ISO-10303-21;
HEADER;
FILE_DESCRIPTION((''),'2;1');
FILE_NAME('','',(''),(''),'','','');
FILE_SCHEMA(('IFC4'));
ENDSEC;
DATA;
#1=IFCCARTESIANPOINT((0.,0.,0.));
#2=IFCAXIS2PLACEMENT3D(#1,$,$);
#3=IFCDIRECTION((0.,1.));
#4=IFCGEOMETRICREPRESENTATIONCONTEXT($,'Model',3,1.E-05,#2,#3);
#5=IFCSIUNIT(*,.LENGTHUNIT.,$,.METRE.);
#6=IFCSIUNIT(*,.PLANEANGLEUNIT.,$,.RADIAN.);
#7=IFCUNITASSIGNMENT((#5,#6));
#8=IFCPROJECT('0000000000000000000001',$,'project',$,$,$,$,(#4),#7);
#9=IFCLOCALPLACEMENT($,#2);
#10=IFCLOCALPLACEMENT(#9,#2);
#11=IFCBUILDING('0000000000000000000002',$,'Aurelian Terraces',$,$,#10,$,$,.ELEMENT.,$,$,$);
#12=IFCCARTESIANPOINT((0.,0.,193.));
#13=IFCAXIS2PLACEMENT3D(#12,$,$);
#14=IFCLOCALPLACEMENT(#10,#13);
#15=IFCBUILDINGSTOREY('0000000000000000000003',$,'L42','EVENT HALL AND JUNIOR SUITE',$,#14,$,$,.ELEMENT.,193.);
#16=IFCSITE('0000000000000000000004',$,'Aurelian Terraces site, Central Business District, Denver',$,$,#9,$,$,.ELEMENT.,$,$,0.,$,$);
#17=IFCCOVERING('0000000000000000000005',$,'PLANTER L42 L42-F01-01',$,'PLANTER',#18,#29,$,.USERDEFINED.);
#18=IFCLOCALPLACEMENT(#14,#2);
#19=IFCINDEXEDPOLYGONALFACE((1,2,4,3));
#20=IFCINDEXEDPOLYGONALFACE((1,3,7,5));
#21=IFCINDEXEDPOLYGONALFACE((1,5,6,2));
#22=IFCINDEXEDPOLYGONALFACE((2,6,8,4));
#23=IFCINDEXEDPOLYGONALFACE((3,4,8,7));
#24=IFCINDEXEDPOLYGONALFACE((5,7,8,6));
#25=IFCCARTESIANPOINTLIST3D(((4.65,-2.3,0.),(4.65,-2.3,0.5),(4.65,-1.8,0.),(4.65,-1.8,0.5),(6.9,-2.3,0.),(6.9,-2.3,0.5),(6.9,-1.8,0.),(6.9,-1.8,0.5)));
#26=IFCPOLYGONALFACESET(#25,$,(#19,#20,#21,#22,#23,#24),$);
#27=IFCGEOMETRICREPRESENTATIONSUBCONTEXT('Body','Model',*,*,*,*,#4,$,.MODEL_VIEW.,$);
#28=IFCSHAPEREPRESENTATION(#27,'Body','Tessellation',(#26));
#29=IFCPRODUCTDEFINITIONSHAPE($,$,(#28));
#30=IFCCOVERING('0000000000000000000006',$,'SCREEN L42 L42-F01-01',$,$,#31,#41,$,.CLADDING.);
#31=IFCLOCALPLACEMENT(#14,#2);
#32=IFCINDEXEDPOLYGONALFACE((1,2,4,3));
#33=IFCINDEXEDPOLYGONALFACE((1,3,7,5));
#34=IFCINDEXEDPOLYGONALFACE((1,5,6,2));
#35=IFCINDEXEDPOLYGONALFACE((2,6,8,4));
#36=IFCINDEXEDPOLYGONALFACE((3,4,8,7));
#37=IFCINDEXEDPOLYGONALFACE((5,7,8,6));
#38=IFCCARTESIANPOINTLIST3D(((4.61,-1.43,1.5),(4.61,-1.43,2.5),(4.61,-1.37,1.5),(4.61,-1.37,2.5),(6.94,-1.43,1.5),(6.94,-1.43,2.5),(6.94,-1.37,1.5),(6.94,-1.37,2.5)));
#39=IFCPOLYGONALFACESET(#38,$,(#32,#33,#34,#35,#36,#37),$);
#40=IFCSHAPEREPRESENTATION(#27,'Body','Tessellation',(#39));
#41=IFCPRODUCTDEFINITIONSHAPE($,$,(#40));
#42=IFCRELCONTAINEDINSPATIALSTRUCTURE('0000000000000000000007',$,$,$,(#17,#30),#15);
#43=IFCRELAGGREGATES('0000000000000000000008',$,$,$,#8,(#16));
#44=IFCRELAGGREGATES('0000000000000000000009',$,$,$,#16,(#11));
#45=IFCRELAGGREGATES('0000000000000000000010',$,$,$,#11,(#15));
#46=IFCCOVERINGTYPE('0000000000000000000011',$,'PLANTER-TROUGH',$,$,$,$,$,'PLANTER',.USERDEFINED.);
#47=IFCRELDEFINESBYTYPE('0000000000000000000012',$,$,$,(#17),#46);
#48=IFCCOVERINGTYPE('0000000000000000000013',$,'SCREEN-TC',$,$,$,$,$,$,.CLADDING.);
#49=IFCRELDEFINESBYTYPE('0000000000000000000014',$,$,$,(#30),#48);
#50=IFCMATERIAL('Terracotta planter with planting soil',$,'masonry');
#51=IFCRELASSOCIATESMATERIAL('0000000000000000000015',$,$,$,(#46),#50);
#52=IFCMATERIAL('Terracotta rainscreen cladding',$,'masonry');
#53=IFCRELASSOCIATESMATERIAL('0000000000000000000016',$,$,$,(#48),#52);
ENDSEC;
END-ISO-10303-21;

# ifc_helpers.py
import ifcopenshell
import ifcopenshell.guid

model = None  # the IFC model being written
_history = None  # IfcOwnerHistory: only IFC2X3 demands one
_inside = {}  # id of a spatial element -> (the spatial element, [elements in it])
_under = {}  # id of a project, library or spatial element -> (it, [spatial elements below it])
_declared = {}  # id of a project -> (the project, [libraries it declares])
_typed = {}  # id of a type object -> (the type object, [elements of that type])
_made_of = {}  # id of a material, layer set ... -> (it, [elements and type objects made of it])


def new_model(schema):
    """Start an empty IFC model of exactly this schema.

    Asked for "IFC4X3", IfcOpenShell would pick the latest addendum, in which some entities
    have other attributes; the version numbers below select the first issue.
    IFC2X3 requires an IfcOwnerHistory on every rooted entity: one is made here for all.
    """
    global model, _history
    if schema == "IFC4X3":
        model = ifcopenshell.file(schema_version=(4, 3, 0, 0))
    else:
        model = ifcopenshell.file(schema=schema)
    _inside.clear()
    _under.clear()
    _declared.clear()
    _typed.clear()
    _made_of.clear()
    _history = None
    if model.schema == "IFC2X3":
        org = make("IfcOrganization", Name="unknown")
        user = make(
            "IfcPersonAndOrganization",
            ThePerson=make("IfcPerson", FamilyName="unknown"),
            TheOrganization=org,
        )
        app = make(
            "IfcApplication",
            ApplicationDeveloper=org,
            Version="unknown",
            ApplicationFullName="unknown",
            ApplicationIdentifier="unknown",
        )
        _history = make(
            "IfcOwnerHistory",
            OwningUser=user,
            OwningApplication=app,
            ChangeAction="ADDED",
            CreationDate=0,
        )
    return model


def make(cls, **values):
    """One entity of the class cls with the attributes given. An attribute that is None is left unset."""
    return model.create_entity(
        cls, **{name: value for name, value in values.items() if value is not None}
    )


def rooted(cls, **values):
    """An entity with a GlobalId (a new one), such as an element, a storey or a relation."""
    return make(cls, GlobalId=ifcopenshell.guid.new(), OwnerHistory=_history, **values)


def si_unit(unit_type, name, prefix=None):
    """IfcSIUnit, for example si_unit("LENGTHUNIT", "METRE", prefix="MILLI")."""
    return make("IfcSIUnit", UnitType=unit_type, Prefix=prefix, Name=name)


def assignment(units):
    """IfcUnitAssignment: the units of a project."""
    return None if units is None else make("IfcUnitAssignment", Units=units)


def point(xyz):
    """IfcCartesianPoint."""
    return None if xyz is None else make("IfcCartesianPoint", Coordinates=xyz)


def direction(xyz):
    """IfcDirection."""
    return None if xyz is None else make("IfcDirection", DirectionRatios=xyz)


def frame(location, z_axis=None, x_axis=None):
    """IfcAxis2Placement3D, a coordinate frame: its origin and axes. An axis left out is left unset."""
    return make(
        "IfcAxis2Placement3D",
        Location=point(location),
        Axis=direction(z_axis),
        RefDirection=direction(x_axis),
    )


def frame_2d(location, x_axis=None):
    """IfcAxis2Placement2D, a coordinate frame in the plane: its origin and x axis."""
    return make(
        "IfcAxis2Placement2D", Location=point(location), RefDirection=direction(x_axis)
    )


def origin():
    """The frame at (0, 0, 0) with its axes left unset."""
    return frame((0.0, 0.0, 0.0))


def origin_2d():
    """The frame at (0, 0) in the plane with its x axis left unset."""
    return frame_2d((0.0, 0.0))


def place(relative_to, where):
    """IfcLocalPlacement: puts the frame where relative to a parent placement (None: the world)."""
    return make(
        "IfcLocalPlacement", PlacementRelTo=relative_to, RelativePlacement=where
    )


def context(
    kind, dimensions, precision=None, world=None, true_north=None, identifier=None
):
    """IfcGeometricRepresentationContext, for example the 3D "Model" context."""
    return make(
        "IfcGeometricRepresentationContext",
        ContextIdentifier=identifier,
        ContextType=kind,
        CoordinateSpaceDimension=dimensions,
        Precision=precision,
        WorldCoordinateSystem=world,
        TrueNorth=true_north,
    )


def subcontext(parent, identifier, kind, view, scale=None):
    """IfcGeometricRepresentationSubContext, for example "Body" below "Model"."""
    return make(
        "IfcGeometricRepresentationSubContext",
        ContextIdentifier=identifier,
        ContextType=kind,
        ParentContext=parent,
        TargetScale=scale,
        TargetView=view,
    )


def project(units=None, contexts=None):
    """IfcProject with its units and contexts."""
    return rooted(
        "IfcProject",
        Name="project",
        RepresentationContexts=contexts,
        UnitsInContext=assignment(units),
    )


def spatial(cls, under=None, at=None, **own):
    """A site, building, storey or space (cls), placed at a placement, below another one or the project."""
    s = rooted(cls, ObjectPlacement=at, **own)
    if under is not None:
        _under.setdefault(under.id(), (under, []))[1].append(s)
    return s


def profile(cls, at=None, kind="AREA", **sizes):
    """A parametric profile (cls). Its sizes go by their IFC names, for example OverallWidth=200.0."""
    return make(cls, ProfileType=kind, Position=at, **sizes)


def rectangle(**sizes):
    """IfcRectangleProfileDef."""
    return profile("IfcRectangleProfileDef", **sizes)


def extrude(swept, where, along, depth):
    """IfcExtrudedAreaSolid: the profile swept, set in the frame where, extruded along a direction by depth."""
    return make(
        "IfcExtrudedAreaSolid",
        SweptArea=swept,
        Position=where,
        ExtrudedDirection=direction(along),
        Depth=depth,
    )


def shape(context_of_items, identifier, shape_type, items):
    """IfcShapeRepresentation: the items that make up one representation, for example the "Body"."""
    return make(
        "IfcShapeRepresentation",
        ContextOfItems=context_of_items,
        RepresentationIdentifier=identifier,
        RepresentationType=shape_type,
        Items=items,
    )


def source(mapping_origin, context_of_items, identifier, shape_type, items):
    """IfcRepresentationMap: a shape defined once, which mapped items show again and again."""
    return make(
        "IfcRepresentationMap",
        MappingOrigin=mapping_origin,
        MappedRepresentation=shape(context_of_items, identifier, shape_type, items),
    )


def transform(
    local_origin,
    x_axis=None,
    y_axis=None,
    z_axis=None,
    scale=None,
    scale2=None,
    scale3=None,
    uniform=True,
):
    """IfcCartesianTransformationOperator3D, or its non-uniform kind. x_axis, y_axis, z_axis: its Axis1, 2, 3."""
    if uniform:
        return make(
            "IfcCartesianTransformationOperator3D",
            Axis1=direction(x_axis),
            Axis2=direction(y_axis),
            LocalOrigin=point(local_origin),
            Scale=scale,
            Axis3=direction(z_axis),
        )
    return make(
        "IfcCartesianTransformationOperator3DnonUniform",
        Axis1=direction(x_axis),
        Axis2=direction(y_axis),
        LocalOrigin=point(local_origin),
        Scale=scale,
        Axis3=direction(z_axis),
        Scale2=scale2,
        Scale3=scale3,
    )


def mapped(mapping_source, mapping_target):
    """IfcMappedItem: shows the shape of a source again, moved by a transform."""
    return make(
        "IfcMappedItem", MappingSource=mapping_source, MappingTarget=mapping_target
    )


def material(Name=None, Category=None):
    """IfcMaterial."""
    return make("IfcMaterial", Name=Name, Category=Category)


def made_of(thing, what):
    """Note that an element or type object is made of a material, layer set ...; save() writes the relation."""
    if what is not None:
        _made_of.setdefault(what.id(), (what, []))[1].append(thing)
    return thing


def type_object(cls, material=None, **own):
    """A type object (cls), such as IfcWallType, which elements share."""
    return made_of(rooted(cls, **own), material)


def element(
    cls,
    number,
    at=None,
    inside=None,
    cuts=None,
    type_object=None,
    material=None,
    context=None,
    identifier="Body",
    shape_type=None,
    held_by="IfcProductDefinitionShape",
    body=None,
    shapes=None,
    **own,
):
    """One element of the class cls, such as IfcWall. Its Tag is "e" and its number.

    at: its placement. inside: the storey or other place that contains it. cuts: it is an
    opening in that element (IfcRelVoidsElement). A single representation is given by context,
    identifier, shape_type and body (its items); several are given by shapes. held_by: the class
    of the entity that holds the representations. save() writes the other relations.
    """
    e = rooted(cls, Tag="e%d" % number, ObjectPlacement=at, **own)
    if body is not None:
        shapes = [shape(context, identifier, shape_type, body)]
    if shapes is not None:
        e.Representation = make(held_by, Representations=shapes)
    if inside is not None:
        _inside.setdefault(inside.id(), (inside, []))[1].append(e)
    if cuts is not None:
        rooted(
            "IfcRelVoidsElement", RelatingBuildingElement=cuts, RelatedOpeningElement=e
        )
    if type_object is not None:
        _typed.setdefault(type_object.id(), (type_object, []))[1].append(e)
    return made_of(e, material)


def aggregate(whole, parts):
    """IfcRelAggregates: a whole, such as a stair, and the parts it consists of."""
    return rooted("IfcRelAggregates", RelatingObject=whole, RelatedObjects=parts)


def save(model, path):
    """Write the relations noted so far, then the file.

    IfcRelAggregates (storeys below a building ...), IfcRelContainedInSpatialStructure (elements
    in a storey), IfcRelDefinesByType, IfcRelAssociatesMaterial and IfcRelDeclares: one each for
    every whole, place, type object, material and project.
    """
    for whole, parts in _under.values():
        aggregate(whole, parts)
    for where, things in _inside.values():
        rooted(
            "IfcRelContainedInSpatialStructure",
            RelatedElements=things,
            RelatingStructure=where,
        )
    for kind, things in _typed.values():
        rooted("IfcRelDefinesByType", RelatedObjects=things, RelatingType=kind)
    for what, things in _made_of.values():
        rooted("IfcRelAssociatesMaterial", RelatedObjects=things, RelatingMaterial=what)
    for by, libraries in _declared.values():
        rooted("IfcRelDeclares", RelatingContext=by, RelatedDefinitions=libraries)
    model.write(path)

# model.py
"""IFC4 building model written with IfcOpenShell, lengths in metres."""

from ifc_helpers import new_model, si_unit, direction, frame, origin, origin_2d, place, context, subcontext, project, spatial, rectangle, extrude, source, transform, mapped, material, type_object, element, save


model = new_model("IFC4")

# Units and contexts
model_context = context("Model", 3, precision=1e-05, world=origin(), true_north=direction((0.0, 1.0)))
body_context = subcontext(model_context, "Body", "Model", "MODEL_VIEW")
ifc_project = project(units=[si_unit("LENGTHUNIT", "METRE"), si_unit("PLANEANGLEUNIT", "RADIAN")], contexts=[model_context])

# Site, building, storey
site_placement = place(None, origin())
site = spatial("IfcSite", under=ifc_project, at=site_placement, Name="Aurelian Terraces site, Central Business District, Denver", CompositionType="ELEMENT", RefElevation=0.0)
building_placement = place(site_placement, origin())
building = spatial("IfcBuilding", under=site, at=building_placement, Name="Aurelian Terraces", CompositionType="ELEMENT")
storey_placement = place(building_placement, frame((0.0, 0.0, 193.0)))
storey = spatial("IfcBuildingStorey", under=building, at=storey_placement, Name="L42", Description="EVENT HALL AND JUNIOR SUITE", CompositionType="ELEMENT", Elevation=193.0)

# Shared definitions
ifc_material_1 = material(Name="Terracotta rainscreen cladding", Category="masonry")

# Coverings
ifc_material_2 = material(Name="Terracotta planter with planting soil", Category="masonry")
covering_type_1 = type_object("IfcCoveringType", Name="PLANTER-TROUGH", ElementType="PLANTER", PredefinedType="USERDEFINED", material=ifc_material_2)
shared_shape_1 = source(origin(), body_context, "Body", "SweptSolid", [
    extrude(rectangle(XDim=2.25, YDim=0.5, at=origin_2d()), origin(), (0.0, 0.0, 1.0), 0.5),
])
covering_1_placement = place(storey_placement, frame((5.775, -2.05, 0.0), z_axis=(0.0, 0.0, 1.0), x_axis=(1.0, 0.0, 0.0)))
element("IfcCovering", 1, at=covering_1_placement, inside=storey, type_object=covering_type_1, Name="PLANTER L42 L42-F01-01", ObjectType="PLANTER", PredefinedType="USERDEFINED", context=body_context, shape_type="MappedRepresentation", body=[
    mapped(shared_shape_1, transform((0.0, 0.0, 0.0), scale=1.0)),
])
covering_type_2 = type_object("IfcCoveringType", Name="SCREEN-TC", PredefinedType="CLADDING", material=ifc_material_1)
shared_shape_2 = source(origin(), body_context, "Body", "SweptSolid", [
    extrude(rectangle(XDim=2.33, YDim=0.06, at=origin_2d()), origin(), (0.0, 0.0, 1.0), 1.0),
])
covering_2_placement = place(storey_placement, frame((5.775, -1.4, 1.5), z_axis=(0.0, 0.0, 1.0), x_axis=(1.0, 0.0, 0.0)))
element("IfcCovering", 2, at=covering_2_placement, inside=storey, type_object=covering_type_2, Name="SCREEN L42 L42-F01-01", PredefinedType="CLADDING", context=body_context, shape_type="MappedRepresentation", body=[
    mapped(shared_shape_2, transform((0.0, 0.0, 0.0), scale=1.0)),
])

save(model, "model.ifc")
